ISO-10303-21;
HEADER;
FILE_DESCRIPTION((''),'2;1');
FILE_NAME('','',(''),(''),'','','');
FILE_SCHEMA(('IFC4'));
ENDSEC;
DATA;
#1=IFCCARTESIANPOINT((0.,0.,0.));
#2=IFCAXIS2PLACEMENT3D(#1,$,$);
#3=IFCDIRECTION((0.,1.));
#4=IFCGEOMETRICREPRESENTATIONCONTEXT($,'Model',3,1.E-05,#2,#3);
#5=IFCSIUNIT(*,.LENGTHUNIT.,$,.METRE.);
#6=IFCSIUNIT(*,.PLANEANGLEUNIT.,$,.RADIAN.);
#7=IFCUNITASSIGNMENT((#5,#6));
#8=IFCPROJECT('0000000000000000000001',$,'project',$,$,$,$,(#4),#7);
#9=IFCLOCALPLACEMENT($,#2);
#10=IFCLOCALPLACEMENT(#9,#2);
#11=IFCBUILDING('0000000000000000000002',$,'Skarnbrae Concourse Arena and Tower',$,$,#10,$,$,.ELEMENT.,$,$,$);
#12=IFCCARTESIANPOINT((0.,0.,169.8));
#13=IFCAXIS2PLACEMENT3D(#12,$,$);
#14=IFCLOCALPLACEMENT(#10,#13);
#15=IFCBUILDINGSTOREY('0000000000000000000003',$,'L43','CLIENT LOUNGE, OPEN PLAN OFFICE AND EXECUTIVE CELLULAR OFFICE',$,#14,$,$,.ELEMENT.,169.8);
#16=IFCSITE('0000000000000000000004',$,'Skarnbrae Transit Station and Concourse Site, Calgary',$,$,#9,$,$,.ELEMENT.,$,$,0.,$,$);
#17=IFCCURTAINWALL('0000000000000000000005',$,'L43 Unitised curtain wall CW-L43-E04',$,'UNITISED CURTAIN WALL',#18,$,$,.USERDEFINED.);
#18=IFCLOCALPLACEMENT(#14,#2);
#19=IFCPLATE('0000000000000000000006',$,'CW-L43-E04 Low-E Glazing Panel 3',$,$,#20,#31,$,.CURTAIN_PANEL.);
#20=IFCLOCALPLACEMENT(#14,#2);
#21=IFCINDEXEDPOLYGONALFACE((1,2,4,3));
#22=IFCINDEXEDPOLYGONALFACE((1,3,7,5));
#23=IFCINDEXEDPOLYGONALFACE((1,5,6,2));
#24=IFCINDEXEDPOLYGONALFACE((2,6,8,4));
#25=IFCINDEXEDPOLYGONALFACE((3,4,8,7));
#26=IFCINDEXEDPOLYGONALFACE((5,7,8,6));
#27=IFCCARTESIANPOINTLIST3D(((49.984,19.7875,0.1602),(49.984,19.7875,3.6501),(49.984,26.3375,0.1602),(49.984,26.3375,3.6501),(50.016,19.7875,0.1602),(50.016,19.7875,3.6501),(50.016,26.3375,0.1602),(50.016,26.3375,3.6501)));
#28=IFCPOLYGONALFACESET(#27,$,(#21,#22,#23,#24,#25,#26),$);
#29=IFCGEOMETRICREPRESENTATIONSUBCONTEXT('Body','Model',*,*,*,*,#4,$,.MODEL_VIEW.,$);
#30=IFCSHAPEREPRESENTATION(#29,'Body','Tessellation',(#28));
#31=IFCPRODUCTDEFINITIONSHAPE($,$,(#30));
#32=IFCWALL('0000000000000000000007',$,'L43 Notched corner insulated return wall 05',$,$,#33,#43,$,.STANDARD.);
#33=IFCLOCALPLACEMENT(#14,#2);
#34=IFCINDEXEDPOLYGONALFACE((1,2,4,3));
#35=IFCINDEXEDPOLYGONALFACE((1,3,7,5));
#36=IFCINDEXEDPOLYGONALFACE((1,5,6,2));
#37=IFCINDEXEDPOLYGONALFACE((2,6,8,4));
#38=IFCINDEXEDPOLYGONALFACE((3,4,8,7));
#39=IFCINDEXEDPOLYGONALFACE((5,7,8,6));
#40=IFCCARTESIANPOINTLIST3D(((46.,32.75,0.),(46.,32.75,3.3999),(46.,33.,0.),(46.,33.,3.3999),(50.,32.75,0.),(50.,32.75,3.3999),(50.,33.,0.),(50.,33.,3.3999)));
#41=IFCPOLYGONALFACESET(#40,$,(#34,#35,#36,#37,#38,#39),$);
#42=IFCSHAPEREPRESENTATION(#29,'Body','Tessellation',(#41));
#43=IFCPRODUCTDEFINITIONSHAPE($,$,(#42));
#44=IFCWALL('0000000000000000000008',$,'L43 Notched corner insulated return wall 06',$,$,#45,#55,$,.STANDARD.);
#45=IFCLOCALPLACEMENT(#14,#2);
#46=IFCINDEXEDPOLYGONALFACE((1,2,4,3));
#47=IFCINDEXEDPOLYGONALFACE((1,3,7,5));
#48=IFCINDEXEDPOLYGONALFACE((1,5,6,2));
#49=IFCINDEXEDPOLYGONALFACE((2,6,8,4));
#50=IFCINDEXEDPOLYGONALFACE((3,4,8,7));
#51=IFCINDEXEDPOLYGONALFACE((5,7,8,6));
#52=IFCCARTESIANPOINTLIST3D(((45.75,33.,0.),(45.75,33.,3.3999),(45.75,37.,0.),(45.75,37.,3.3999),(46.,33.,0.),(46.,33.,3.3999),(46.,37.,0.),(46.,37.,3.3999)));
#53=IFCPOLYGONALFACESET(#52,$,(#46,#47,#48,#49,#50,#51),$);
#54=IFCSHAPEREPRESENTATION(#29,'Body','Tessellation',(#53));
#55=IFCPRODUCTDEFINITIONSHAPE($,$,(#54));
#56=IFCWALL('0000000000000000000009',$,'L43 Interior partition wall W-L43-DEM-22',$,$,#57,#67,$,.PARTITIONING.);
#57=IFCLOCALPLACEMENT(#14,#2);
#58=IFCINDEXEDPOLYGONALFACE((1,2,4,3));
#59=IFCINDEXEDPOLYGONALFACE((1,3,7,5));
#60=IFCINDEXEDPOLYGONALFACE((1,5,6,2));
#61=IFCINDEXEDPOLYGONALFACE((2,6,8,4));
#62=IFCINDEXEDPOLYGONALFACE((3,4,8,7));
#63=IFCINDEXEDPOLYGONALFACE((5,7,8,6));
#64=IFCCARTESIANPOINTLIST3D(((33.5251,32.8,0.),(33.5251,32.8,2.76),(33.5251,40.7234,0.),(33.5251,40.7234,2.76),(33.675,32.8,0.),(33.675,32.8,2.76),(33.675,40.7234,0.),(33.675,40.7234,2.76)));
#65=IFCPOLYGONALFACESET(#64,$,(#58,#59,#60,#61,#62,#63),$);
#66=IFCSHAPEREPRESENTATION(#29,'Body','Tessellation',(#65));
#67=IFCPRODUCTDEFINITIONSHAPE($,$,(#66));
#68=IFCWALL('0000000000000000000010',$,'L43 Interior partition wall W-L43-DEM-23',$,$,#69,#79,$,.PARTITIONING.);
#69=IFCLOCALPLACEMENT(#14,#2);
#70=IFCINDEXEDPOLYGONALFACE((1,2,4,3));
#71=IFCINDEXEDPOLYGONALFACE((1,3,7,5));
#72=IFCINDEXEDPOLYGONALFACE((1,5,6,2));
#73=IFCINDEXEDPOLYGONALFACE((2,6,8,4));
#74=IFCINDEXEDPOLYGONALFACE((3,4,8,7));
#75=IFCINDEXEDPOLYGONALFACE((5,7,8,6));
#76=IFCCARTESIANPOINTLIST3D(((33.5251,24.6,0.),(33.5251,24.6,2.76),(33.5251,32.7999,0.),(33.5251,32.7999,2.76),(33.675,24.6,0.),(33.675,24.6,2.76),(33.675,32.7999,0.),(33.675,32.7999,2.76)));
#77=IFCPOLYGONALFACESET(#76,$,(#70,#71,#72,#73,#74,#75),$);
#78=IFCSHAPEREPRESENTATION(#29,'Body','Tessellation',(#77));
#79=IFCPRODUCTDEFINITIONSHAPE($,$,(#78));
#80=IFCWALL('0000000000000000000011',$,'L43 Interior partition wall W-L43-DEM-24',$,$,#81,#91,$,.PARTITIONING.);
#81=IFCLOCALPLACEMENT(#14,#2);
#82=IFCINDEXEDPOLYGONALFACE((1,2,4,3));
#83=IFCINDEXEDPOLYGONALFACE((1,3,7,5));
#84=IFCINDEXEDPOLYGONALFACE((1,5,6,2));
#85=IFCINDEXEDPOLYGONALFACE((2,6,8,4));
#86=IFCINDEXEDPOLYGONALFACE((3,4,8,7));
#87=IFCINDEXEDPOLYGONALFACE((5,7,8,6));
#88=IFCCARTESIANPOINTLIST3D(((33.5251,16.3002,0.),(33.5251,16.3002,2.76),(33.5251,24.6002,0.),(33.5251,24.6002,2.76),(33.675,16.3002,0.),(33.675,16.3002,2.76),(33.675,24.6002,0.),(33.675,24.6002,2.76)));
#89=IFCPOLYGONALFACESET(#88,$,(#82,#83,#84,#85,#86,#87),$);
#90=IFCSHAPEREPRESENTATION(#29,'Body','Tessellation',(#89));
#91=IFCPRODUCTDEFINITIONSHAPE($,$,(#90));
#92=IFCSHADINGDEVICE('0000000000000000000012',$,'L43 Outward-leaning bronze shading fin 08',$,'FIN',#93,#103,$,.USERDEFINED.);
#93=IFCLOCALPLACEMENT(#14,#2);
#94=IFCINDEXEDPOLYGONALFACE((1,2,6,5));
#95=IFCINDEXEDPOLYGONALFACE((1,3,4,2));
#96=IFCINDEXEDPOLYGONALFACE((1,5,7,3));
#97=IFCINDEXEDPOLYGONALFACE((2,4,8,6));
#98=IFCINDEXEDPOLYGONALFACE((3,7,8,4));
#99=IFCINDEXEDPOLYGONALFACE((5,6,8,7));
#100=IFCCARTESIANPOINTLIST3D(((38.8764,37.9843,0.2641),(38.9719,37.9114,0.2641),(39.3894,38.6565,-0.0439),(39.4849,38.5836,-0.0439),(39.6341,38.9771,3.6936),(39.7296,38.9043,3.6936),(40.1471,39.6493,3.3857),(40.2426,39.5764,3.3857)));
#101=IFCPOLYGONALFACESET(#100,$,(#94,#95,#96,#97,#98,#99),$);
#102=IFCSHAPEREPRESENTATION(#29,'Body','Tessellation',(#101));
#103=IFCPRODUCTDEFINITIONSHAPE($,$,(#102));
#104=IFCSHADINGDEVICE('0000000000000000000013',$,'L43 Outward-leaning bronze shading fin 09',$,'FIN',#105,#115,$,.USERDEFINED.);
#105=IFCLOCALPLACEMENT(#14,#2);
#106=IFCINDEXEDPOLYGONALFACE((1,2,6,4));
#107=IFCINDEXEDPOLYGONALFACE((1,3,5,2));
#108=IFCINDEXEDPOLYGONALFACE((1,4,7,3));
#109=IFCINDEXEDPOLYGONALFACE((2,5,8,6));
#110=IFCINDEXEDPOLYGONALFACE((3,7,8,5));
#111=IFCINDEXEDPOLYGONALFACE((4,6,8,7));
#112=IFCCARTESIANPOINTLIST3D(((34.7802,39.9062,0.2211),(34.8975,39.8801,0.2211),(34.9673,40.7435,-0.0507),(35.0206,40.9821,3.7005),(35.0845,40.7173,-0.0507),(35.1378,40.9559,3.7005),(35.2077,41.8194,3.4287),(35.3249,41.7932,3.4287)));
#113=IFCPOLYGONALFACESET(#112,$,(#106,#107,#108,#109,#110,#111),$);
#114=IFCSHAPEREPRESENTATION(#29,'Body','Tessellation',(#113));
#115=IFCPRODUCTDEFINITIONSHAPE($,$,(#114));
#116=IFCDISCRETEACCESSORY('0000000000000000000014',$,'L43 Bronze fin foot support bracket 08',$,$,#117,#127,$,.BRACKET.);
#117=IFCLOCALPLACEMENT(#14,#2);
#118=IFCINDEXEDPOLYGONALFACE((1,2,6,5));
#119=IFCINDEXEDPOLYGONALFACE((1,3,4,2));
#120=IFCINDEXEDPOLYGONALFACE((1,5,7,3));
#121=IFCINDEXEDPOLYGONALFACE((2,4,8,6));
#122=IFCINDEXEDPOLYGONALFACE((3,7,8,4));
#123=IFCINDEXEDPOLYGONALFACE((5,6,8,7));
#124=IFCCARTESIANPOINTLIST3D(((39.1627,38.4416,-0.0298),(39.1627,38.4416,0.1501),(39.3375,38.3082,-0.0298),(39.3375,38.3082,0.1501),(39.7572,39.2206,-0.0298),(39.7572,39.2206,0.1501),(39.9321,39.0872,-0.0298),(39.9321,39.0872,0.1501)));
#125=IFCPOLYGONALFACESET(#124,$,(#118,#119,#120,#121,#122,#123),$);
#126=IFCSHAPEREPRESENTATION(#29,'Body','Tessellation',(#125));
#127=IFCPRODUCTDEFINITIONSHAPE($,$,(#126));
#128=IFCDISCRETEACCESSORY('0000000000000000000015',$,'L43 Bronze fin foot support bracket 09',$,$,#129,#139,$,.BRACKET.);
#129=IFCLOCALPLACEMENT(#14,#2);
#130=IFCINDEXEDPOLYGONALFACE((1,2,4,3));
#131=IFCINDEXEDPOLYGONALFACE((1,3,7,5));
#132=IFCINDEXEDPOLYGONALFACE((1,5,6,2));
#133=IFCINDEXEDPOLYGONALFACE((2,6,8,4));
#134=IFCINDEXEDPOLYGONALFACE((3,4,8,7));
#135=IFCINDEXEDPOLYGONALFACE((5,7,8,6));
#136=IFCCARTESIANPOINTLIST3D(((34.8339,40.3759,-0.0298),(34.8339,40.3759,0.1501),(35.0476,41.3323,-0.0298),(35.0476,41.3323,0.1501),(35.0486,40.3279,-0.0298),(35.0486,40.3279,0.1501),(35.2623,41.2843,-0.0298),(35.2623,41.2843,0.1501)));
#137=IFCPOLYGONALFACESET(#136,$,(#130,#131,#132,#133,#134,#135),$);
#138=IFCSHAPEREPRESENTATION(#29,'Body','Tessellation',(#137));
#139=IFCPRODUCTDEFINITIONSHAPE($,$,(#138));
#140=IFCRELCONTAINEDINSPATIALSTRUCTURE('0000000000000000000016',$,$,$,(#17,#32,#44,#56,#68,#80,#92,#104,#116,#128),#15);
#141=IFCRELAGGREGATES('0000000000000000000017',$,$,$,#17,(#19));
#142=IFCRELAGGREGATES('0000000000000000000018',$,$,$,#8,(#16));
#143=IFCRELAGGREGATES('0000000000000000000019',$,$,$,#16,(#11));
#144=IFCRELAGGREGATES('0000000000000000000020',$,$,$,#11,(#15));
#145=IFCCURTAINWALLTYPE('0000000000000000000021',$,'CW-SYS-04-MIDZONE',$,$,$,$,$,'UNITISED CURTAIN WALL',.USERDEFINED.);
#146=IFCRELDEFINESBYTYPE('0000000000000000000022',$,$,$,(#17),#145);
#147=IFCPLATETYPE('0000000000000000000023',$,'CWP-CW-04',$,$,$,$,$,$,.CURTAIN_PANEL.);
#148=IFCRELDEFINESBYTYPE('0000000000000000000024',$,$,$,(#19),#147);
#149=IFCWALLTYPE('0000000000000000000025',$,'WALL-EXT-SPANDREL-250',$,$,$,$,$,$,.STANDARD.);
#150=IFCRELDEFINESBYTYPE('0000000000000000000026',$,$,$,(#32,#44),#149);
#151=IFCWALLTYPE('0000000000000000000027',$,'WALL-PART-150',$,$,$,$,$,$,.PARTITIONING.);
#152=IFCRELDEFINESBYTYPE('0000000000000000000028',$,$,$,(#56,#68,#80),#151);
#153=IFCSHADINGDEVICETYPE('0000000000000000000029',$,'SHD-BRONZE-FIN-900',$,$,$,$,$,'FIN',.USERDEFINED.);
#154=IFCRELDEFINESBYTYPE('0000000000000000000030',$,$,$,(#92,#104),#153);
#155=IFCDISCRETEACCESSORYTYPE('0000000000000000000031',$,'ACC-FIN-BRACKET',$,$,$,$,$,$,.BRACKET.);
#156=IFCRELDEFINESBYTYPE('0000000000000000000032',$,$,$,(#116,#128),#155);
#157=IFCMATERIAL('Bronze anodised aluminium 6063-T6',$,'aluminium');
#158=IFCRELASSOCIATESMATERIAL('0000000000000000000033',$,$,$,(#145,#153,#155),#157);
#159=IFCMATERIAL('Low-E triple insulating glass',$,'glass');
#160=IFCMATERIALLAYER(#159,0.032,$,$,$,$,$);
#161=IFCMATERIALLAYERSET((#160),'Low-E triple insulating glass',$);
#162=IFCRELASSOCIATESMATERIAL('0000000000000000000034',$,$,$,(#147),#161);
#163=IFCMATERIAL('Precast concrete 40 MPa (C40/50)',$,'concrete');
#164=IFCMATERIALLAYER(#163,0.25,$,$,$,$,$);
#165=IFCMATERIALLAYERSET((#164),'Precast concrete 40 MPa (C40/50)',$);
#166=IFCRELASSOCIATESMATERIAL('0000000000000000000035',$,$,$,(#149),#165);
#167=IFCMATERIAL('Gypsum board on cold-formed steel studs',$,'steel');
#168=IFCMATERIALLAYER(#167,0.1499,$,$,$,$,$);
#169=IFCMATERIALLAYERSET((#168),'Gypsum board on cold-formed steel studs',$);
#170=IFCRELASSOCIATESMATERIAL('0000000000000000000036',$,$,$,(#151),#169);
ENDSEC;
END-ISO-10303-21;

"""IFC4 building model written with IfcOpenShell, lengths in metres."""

from ifc_helpers import new_model, si_unit, direction, frame, frame_2d, origin, origin_2d, place, context, subcontext, project, spatial, rectangle, extrude, source, transform, mapped, material, layer, layer_set, type_object, element, aggregate, save


model = new_model("IFC4")

# Units and contexts
model_context = context("Model", 3, precision=1e-05, world=origin(), true_north=direction((0.0, 1.0)))
body_context = subcontext(model_context, "Body", "Model", "MODEL_VIEW")
ifc_project = project(units=[si_unit("LENGTHUNIT", "METRE"), si_unit("PLANEANGLEUNIT", "RADIAN")], contexts=[model_context])

# Site, building, storey
site_placement = place(None, origin())
site = spatial("IfcSite", under=ifc_project, at=site_placement, Name="Skarnbrae Transit Station and Concourse Site, Calgary", CompositionType="ELEMENT", RefElevation=0.0)
building_placement = place(site_placement, origin())
building = spatial("IfcBuilding", under=site, at=building_placement, Name="Skarnbrae Concourse Arena and Tower", CompositionType="ELEMENT")
storey_placement = place(building_placement, frame((0.0, 0.0, 169.8)))
storey = spatial("IfcBuildingStorey", under=building, at=storey_placement, Name="L43", Description="CLIENT LOUNGE, OPEN PLAN OFFICE AND EXECUTIVE CELLULAR OFFICE", CompositionType="ELEMENT", Elevation=169.8)

# Curtain wall
ifc_material_1 = material(Name="Bronze anodised aluminium 6063-T6", Category="aluminium")
curtain_wall_type = type_object("IfcCurtainWallType", Name="CW-SYS-04-MIDZONE", ElementType="UNITISED CURTAIN WALL", PredefinedType="USERDEFINED", material=ifc_material_1)
curtain_wall_1_placement = place(storey_placement, origin())
curtain_wall_1 = element("IfcCurtainWall", 1, at=curtain_wall_1_placement, inside=storey, type_object=curtain_wall_type, Name="L43 Unitised curtain wall CW-L43-E04", ObjectType="UNITISED CURTAIN WALL", PredefinedType="USERDEFINED")

# Plate
ifc_material_2 = material(Name="Low-E triple insulating glass", Category="glass")
ifc_layer_1 = layer(ifc_material_2, 0.032)
ifc_layer_set_1 = layer_set([ifc_layer_1], Name="Low-E triple insulating glass")
plate_type = type_object("IfcPlateType", Name="CWP-CW-04", PredefinedType="CURTAIN_PANEL", material=ifc_layer_set_1)
shared_shape_1 = source(origin(), body_context, "Body", "SweptSolid", [
    extrude(rectangle(XDim=6.55, YDim=0.032, at=origin_2d()), origin(), (0.0, 0.0, 1.0), 3.49),
])
plate_1_placement = place(storey_placement, frame((50.0, 23.0625, 0.1602), z_axis=(0.0, 0.0, 1.0), x_axis=(0.0, 1.0, 0.0)))
plate_1 = element("IfcPlate", 2, at=plate_1_placement, type_object=plate_type, Name="CW-L43-E04 Low-E Glazing Panel 3", PredefinedType="CURTAIN_PANEL", context=body_context, shape_type="MappedRepresentation", body=[
    mapped(shared_shape_1, transform((0.0, 0.0, 0.0))),
])
aggregate(curtain_wall_1, [plate_1])

# Walls
ifc_material_3 = material(Name="Precast concrete 40 MPa (C40/50)", Category="concrete")
ifc_layer_2 = layer(ifc_material_3, 0.25)
ifc_layer_set_2 = layer_set([ifc_layer_2], Name="Precast concrete 40 MPa (C40/50)")
wall_type_1 = type_object("IfcWallType", Name="WALL-EXT-SPANDREL-250", PredefinedType="STANDARD", material=ifc_layer_set_2)
shared_shape_2 = source(origin(), body_context, "Body", "SweptSolid", [
    extrude(rectangle(XDim=4.0, YDim=0.25, at=frame_2d((2.0, 0.0))), origin(), (0.0, 0.0, 1.0), 3.3999),
])
for number, where, z_axis, x_axis, name in (
    (3, (50.0, 32.875, 0.0), (0.0, 0.0, 1.0), (-1.0, 0.0, 0.0), "L43 Notched corner insulated return wall 05"),
    (4, (45.875, 33.0, 0.0), (0.0, 0.0, 1.0), (0.0, 1.0, 0.0), "L43 Notched corner insulated return wall 06"),
):
    element("IfcWall", number, at=place(storey_placement, frame(where, z_axis=z_axis, x_axis=x_axis)), inside=storey, type_object=wall_type_1, Name=name, PredefinedType="STANDARD", context=body_context, shape_type="MappedRepresentation", body=[
        mapped(shared_shape_2, transform((0.0, 0.0, 0.0))),
    ])
ifc_material_4 = material(Name="Gypsum board on cold-formed steel studs", Category="steel")
ifc_layer_3 = layer(ifc_material_4, 0.1499)
ifc_layer_set_3 = layer_set([ifc_layer_3], Name="Gypsum board on cold-formed steel studs")
wall_type_2 = type_object("IfcWallType", Name="WALL-PART-150", PredefinedType="PARTITIONING", material=ifc_layer_set_3)
shared_shape_3 = source(origin(), body_context, "Body", "SweptSolid", [
    extrude(rectangle(XDim=7.9233, YDim=0.1499, at=frame_2d((3.9617, 0.0))), origin(), (0.0, 0.0, 1.0), 2.76),
])
wall_1_placement = place(storey_placement, frame((33.6001, 40.7234, 0.0), z_axis=(0.0, 0.0, 1.0), x_axis=(0.0, -1.0, 0.0)))
element("IfcWall", 5, at=wall_1_placement, inside=storey, type_object=wall_type_2, Name="L43 Interior partition wall W-L43-DEM-22", PredefinedType="PARTITIONING", context=body_context, shape_type="MappedRepresentation", body=[
    mapped(shared_shape_3, transform((0.0, 0.0, 0.0))),
])
shared_shape_4 = source(origin(), body_context, "Body", "SweptSolid", [
    extrude(rectangle(XDim=8.2, YDim=0.1499, at=frame_2d((4.1001, 0.0))), origin(), (0.0, 0.0, 1.0), 2.76),
])
wall_2_placement = place(storey_placement, frame((33.6001, 32.8, 0.0), z_axis=(0.0, 0.0, 1.0), x_axis=(0.0, -1.0, 0.0)))
element("IfcWall", 6, at=wall_2_placement, inside=storey, type_object=wall_type_2, Name="L43 Interior partition wall W-L43-DEM-23", PredefinedType="PARTITIONING", context=body_context, shape_type="MappedRepresentation", body=[
    mapped(shared_shape_4, transform((0.0, 0.0, 0.0))),
])
shared_shape_5 = source(origin(), body_context, "Body", "SweptSolid", [
    extrude(rectangle(XDim=8.3, YDim=0.1499, at=frame_2d((4.1499, 0.0))), origin(), (0.0, 0.0, 1.0), 2.76),
])
wall_3_placement = place(storey_placement, frame((33.6001, 24.6001, 0.0), z_axis=(0.0, 0.0, 1.0), x_axis=(0.0, -1.0, 0.0)))
element("IfcWall", 7, at=wall_3_placement, inside=storey, type_object=wall_type_2, Name="L43 Interior partition wall W-L43-DEM-24", PredefinedType="PARTITIONING", context=body_context, shape_type="MappedRepresentation", body=[
    mapped(shared_shape_5, transform((0.0, 0.0, 0.0))),
])

# Shading devices
shading_device_type = type_object("IfcShadingDeviceType", Name="SHD-BRONZE-FIN-900", ElementType="FIN", PredefinedType="USERDEFINED", material=ifc_material_1)
shared_shape_6 = source(origin(), body_context, "Body", "SweptSolid", [
    extrude(rectangle(XDim=0.1201, YDim=0.8999, at=origin_2d()), origin(), (0.0, 0.0, 1.0), 3.6499),
])
for number, where, z_axis, x_axis, name in (
    (8, (39.1807, 38.2839, 0.1101), (0.207592, 0.272021, 0.939633), (0.794955, -0.606668, 0.0), "L43 Outward-leaning bronze shading fin 08"),
    (9, (34.9324, 40.3118, 0.0852), (0.065862, 0.294769, 0.953296), (0.975936, -0.218058, 0.0), "L43 Outward-leaning bronze shading fin 09"),
):
    element("IfcShadingDevice", number, at=place(storey_placement, frame(where, z_axis=z_axis, x_axis=x_axis)), inside=storey, type_object=shading_device_type, Name=name, ObjectType="FIN", PredefinedType="USERDEFINED", context=body_context, shape_type="MappedRepresentation", body=[
        mapped(shared_shape_6, transform((0.0, 0.0, 0.0))),
    ])

# Discrete accessories
discrete_accessory_type = type_object("IfcDiscreteAccessoryType", Name="ACC-FIN-BRACKET", PredefinedType="BRACKET", material=ifc_material_1)
shared_shape_7 = source(origin(), body_context, "Body", "SweptSolid", [
    extrude(rectangle(XDim=0.22, YDim=0.98, at=origin_2d()), origin(), (0.0, 0.0, 1.0), 0.1799),
])
for number, where, z_axis, x_axis, name in (
    (10, (39.5474, 38.7644, -0.0298), (0.0, 0.0, 1.0), (0.794955, -0.606668, 0.0), "L43 Bronze fin foot support bracket 08"),
    (11, (35.0481, 40.8301, -0.0298), (0.0, 0.0, 1.0), (0.975936, -0.218058, 0.0), "L43 Bronze fin foot support bracket 09"),
):
    element("IfcDiscreteAccessory", number, at=place(storey_placement, frame(where, z_axis=z_axis, x_axis=x_axis)), inside=storey, type_object=discrete_accessory_type, Name=name, PredefinedType="BRACKET", context=body_context, shape_type="MappedRepresentation", body=[
        mapped(shared_shape_7, transform((0.0, 0.0, 0.0))),
    ])

save(model, "model.ifc")
